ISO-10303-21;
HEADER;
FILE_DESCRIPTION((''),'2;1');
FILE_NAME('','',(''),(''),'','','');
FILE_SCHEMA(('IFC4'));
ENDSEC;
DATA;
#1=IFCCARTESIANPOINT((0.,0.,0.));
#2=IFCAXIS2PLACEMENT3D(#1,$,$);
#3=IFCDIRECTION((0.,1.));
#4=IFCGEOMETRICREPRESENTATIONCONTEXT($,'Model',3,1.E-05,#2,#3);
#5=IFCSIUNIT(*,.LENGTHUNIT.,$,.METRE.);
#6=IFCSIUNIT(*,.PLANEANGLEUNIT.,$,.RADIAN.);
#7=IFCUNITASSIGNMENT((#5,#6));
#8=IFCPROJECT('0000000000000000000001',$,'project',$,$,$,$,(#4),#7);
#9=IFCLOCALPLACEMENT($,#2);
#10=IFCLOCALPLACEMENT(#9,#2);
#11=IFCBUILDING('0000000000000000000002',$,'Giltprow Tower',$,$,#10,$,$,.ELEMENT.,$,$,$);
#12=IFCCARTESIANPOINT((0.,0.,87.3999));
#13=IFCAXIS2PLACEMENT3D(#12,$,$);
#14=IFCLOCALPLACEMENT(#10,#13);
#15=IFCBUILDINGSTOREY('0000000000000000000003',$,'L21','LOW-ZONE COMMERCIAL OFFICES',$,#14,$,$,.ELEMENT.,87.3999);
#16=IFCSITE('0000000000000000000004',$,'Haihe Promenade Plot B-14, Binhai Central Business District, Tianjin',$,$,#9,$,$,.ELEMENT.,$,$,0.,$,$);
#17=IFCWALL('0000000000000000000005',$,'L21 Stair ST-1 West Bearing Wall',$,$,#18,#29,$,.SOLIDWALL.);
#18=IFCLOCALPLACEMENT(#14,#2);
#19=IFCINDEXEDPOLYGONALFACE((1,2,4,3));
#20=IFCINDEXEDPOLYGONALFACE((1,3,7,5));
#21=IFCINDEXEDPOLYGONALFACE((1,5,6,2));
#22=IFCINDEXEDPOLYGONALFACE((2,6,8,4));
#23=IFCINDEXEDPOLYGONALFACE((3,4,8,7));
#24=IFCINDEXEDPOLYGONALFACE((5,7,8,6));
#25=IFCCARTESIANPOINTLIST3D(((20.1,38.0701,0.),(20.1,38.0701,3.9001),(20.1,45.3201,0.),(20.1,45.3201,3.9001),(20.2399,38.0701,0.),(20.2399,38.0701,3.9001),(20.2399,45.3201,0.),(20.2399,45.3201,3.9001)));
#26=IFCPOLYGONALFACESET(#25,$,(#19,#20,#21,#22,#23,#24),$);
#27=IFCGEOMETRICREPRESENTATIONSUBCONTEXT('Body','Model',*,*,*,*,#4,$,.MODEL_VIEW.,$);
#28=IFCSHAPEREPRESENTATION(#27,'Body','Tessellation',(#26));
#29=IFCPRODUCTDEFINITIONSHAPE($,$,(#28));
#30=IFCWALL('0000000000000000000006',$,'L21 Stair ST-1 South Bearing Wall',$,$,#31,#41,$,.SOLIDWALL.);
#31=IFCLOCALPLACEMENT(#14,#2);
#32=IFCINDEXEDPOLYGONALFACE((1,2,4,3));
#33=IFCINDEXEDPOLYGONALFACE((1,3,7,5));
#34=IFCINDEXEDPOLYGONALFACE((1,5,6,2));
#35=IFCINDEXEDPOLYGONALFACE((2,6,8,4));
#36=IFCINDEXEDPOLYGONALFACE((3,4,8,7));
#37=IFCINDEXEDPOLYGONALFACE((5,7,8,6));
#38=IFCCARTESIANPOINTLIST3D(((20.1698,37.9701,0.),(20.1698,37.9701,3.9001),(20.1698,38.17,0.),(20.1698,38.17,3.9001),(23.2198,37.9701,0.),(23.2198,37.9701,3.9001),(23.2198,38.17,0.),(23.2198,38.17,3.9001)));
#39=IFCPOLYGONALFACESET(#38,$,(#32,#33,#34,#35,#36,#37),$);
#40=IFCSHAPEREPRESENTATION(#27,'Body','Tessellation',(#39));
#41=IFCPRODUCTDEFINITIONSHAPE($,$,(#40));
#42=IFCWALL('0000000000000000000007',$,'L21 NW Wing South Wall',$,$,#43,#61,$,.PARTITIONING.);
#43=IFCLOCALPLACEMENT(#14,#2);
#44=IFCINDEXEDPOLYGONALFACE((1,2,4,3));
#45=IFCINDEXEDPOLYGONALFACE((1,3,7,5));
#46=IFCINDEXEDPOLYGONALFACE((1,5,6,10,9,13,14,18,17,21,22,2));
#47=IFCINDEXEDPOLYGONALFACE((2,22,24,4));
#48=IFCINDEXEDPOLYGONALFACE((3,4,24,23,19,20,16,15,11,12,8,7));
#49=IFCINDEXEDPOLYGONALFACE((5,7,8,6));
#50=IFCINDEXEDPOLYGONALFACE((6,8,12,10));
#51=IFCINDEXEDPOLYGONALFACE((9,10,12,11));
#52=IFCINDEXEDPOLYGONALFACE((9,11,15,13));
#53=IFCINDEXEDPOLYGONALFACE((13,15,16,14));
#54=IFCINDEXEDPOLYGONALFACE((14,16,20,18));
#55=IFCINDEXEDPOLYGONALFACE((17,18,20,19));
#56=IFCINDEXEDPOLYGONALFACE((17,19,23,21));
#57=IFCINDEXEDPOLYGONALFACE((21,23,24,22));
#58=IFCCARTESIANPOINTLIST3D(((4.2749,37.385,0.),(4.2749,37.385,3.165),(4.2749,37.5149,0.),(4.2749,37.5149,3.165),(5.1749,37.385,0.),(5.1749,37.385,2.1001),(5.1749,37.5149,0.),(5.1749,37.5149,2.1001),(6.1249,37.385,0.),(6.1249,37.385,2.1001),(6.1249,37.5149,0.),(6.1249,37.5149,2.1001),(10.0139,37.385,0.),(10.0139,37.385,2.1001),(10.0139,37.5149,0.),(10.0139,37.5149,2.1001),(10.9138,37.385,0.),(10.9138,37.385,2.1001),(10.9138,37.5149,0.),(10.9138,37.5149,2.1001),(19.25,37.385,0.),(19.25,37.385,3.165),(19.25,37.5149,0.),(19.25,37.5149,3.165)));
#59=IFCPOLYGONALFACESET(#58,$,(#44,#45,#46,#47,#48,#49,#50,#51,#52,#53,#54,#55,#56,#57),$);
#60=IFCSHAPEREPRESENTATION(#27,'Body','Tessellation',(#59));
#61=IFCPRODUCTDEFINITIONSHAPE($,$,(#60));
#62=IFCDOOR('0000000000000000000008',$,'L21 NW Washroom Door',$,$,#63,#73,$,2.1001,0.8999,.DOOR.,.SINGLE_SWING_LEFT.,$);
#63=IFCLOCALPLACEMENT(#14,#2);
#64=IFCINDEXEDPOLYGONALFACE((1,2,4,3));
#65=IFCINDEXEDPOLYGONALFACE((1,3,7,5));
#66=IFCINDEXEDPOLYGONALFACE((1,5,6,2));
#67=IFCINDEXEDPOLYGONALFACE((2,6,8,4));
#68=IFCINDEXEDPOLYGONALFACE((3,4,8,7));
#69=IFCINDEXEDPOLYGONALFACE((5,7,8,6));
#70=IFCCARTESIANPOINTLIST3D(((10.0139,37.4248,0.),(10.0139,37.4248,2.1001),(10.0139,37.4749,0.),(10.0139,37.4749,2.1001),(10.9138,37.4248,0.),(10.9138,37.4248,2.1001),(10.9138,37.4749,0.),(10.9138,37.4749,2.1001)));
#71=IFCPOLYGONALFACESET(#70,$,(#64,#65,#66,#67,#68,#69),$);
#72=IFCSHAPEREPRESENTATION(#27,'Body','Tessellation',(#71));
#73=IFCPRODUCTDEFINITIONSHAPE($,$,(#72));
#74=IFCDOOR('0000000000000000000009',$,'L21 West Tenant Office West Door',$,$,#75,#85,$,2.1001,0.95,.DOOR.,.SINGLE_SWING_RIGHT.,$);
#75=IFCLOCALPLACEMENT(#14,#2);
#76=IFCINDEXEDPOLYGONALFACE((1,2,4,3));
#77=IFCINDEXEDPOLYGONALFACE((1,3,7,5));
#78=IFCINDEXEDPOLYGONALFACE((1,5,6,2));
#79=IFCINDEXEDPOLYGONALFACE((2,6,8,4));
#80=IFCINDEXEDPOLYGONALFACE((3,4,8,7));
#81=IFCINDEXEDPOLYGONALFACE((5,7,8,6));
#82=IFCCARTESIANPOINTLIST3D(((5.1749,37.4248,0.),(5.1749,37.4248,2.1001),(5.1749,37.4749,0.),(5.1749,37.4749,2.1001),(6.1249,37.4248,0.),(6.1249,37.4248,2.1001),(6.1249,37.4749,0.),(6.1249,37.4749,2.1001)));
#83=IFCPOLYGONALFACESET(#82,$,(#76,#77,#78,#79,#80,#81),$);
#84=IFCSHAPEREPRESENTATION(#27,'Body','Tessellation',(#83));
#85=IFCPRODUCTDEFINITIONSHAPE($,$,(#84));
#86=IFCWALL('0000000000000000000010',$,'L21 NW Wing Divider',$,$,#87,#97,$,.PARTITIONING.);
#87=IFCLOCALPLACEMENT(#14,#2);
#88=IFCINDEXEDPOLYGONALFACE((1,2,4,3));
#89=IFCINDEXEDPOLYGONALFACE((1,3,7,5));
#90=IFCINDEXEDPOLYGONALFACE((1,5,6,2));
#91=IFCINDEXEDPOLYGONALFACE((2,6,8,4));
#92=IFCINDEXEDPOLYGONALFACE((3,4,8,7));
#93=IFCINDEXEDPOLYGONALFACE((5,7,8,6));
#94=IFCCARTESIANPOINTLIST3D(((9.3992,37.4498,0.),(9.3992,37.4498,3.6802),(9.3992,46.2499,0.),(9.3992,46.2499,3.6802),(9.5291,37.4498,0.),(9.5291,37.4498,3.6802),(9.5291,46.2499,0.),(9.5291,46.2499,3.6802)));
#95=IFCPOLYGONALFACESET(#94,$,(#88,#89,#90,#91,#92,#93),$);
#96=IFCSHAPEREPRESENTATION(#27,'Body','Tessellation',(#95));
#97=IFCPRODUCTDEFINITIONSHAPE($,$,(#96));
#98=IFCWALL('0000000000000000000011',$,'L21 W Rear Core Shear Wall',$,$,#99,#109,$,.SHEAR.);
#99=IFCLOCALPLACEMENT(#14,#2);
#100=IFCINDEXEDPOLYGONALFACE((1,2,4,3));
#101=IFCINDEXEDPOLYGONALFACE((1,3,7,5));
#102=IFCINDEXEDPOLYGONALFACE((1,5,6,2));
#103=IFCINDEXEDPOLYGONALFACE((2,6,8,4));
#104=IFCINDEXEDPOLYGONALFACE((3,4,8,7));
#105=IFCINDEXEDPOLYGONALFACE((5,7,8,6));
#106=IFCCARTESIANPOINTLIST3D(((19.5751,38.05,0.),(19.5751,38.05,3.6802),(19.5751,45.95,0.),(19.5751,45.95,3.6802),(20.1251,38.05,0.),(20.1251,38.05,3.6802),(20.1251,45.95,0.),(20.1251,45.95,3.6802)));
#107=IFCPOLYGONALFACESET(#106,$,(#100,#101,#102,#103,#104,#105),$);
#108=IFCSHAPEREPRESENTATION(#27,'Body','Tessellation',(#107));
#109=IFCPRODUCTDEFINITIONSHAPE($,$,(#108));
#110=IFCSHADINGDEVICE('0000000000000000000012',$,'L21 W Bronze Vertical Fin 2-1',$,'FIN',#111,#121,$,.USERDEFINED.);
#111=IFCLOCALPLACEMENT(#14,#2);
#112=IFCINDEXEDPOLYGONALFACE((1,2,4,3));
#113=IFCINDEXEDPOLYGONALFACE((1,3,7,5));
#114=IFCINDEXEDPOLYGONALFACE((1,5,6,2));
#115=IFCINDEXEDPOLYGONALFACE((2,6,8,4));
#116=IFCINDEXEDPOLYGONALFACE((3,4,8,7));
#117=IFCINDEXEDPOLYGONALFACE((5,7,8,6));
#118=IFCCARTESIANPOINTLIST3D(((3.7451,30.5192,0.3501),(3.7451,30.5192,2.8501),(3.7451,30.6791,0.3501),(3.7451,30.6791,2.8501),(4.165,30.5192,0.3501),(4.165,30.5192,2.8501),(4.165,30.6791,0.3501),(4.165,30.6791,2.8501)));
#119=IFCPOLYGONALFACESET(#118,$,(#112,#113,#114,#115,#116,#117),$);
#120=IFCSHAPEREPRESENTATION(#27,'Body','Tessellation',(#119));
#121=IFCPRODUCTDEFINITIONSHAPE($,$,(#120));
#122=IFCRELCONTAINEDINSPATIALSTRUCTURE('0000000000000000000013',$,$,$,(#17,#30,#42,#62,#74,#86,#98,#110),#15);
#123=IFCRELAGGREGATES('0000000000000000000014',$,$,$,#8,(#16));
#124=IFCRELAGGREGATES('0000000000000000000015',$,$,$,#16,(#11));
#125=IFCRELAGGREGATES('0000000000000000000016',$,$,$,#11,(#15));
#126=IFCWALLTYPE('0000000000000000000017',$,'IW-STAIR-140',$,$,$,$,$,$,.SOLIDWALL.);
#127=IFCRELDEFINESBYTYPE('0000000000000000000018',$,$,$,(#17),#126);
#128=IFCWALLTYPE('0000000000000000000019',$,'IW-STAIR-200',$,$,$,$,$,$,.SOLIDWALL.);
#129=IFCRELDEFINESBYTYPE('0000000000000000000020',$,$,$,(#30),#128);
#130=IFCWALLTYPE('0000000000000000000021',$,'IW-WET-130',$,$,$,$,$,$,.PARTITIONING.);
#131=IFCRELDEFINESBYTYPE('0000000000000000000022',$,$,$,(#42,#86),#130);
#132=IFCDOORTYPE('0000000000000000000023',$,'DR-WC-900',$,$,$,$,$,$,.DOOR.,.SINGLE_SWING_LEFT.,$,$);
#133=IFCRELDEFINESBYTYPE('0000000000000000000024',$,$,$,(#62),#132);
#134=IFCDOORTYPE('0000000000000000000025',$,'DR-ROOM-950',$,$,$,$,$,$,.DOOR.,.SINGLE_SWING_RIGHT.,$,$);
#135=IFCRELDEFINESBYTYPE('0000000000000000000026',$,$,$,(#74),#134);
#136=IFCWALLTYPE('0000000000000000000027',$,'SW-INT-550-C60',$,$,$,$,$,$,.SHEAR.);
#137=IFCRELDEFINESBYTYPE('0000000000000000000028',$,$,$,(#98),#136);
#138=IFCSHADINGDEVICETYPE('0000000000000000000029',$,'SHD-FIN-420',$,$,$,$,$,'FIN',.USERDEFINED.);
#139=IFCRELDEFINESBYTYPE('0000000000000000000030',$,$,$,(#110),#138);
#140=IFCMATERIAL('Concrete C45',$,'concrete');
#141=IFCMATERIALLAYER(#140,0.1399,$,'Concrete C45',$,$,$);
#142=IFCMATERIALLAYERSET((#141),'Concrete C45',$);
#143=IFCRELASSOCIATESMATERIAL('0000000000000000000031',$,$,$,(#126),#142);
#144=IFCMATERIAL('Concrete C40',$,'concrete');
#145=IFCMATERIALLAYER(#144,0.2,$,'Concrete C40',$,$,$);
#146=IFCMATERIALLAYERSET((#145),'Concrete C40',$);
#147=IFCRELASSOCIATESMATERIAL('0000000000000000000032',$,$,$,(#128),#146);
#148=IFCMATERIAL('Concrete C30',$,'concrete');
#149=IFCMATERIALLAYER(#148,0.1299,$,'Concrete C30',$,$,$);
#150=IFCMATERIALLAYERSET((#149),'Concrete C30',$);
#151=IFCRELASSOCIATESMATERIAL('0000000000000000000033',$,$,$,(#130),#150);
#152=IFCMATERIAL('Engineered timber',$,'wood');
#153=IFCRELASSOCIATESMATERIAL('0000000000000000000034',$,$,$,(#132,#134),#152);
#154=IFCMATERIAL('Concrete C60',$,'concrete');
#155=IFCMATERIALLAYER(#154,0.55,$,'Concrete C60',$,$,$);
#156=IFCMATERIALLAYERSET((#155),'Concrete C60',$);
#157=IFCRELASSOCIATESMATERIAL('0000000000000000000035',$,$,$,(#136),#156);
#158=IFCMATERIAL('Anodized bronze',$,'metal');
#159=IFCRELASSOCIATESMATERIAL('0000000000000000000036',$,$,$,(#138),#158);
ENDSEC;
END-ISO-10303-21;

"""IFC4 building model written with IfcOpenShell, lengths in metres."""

from ifc_helpers import new_model, si_unit, direction, frame, frame_2d, origin, origin_2d, place, context, subcontext, project, spatial, rectangle, extrude, source, transform, mapped, material, layer, layer_set, type_object, element, fill, save


model = new_model("IFC4")

# Units and contexts
model_context = context("Model", 3, precision=1e-05, world=origin(), true_north=direction((0.0, 1.0)))
body_context = subcontext(model_context, "Body", "Model", "MODEL_VIEW")
ifc_project = project(units=[si_unit("LENGTHUNIT", "METRE"), si_unit("PLANEANGLEUNIT", "RADIAN")], contexts=[model_context])

# Site, building, storey
site_placement = place(None, origin())
site = spatial("IfcSite", under=ifc_project, at=site_placement, Name="Haihe Promenade Plot B-14, Binhai Central Business District, Tianjin", CompositionType="ELEMENT", RefElevation=0.0)
building_placement = place(site_placement, origin())
building = spatial("IfcBuilding", under=site, at=building_placement, Name="Giltprow Tower", CompositionType="ELEMENT")
storey_placement = place(building_placement, frame((0.0, 0.0, 87.3999)))
storey = spatial("IfcBuildingStorey", under=building, at=storey_placement, Name="L21", Description="LOW-ZONE COMMERCIAL OFFICES", CompositionType="ELEMENT", Elevation=87.3999)

# Shared definitions
ifc_material_1 = material(Name="Concrete C60", Category="concrete")

# Shared definitions
ifc_material_2 = material(Name="Engineered timber", Category="wood")

# Walls
ifc_material_3 = material(Name="Concrete C45", Category="concrete")
ifc_layer_1 = layer(ifc_material_3, 0.1399, Name="Concrete C45")
ifc_layer_set_1 = layer_set([ifc_layer_1], Name="Concrete C45")
wall_type_1 = type_object("IfcWallType", Name="IW-STAIR-140", PredefinedType="SOLIDWALL", material=ifc_layer_set_1)
wall_1_placement = place(storey_placement, frame((20.1699, 38.0701, 0.0), z_axis=(0.0, 0.0, 1.0), x_axis=(0.0, 1.0, 0.0)))
element("IfcWall", 1, at=wall_1_placement, inside=storey, type_object=wall_type_1, Name="L21 Stair ST-1 West Bearing Wall", PredefinedType="SOLIDWALL", context=body_context, shape_type="SweptSolid", body=[
    extrude(rectangle(XDim=7.25, YDim=0.1399, at=frame_2d((3.625, 0.0))), origin(), (0.0, 0.0, 1.0), 3.9001),
])
ifc_material_4 = material(Name="Concrete C40", Category="concrete")
ifc_layer_2 = layer(ifc_material_4, 0.2, Name="Concrete C40")
ifc_layer_set_2 = layer_set([ifc_layer_2], Name="Concrete C40")
wall_type_2 = type_object("IfcWallType", Name="IW-STAIR-200", PredefinedType="SOLIDWALL", material=ifc_layer_set_2)
wall_2_placement = place(storey_placement, frame((20.1699, 38.0701, 0.0), z_axis=(0.0, 0.0, 1.0), x_axis=(1.0, 0.0, 0.0)))
element("IfcWall", 2, at=wall_2_placement, inside=storey, type_object=wall_type_2, Name="L21 Stair ST-1 South Bearing Wall", PredefinedType="SOLIDWALL", context=body_context, shape_type="SweptSolid", body=[
    extrude(rectangle(XDim=3.05, YDim=0.2, at=frame_2d((1.5249, 0.0))), origin(), (0.0, 0.0, 1.0), 3.9001),
])

# Wall, openings, doors
ifc_material_5 = material(Name="Concrete C30", Category="concrete")
ifc_layer_3 = layer(ifc_material_5, 0.1299, Name="Concrete C30")
ifc_layer_set_3 = layer_set([ifc_layer_3], Name="Concrete C30")
wall_type_3 = type_object("IfcWallType", Name="IW-WET-130", PredefinedType="PARTITIONING", material=ifc_layer_set_3)
wall_3_placement = place(storey_placement, frame((4.2749, 37.45, 0.0), z_axis=(0.0, 0.0, 1.0), x_axis=(1.0, 0.0, 0.0)))
wall_3 = element("IfcWall", 3, at=wall_3_placement, inside=storey, type_object=wall_type_3, Name="L21 NW Wing South Wall", PredefinedType="PARTITIONING", context=body_context, shape_type="SweptSolid", body=[
    extrude(rectangle(XDim=14.9751, YDim=0.1299, at=frame_2d((7.4875, 0.0))), origin(), (0.0, 0.0, 1.0), 3.165),
])
opening_1_placement = place(wall_3_placement, frame((0.8999, 0.0, 0.0)))
opening_1 = element("IfcOpeningElement", 4, at=opening_1_placement, cuts=wall_3, PredefinedType="OPENING", context=body_context, shape_type="SweptSolid", body=[
    extrude(rectangle(XDim=0.95, YDim=2.1001, at=frame_2d((0.4751, 1.05))), frame((0.0, 0.075, 0.0), z_axis=(0.0, -1.0, 0.0), x_axis=(1.0, 0.0, 0.0)), (0.0, 0.0, 1.0), 0.1499),
])
opening_2_placement = place(wall_3_placement, frame((5.739, 0.0, 0.0)))
opening_2 = element("IfcOpeningElement", 5, at=opening_2_placement, cuts=wall_3, PredefinedType="OPENING", context=body_context, shape_type="SweptSolid", body=[
    extrude(rectangle(XDim=0.8999, YDim=2.1001, at=frame_2d((0.45, 1.05))), frame((0.0, 0.075, 0.0), z_axis=(0.0, -1.0, 0.0), x_axis=(1.0, 0.0, 0.0)), (0.0, 0.0, 1.0), 0.1499),
])
door_type_1 = type_object("IfcDoorType", Name="DR-WC-900", OperationType="SINGLE_SWING_LEFT", PredefinedType="DOOR", material=ifc_material_2)
shared_shape_1 = source(origin(), body_context, "Body", "SweptSolid", [
    extrude(rectangle(XDim=0.8999, YDim=2.1001, at=frame_2d((0.45, 1.05))), frame((0.0, 0.0249, 0.0), z_axis=(0.0, -1.0, 0.0), x_axis=(1.0, 0.0, 0.0)), (0.0, 0.0, 1.0), 0.05),
])
door_1_placement = place(opening_2_placement, origin())
door_1 = element("IfcDoor", 6, at=door_1_placement, inside=storey, type_object=door_type_1, Name="L21 NW Washroom Door", OperationType="SINGLE_SWING_LEFT", OverallHeight=2.1001, OverallWidth=0.8999, PredefinedType="DOOR", context=body_context, shape_type="MappedRepresentation", body=[
    mapped(shared_shape_1, transform((0.0, 0.0, 0.0), x_axis=(1.0, 0.0, 0.0), y_axis=(0.0, 1.0, 0.0), z_axis=(0.0, 0.0, 1.0), scale=1.0)),
])
fill(opening_2, door_1)
door_type_2 = type_object("IfcDoorType", Name="DR-ROOM-950", OperationType="SINGLE_SWING_RIGHT", PredefinedType="DOOR", material=ifc_material_2)
shared_shape_2 = source(origin(), body_context, "Body", "SweptSolid", [
    extrude(rectangle(XDim=0.95, YDim=2.1001, at=frame_2d((0.4751, 1.05))), frame((0.0, 0.0249, 0.0), z_axis=(0.0, -1.0, 0.0), x_axis=(1.0, 0.0, 0.0)), (0.0, 0.0, 1.0), 0.05),
])
door_2_placement = place(opening_1_placement, origin())
door_2 = element("IfcDoor", 7, at=door_2_placement, inside=storey, type_object=door_type_2, Name="L21 West Tenant Office West Door", OperationType="SINGLE_SWING_RIGHT", OverallHeight=2.1001, OverallWidth=0.95, PredefinedType="DOOR", context=body_context, shape_type="MappedRepresentation", body=[
    mapped(shared_shape_2, transform((0.0, 0.0, 0.0), x_axis=(1.0, 0.0, 0.0), y_axis=(0.0, 1.0, 0.0), z_axis=(0.0, 0.0, 1.0), scale=1.0)),
])
fill(opening_1, door_2)

# Walls
wall_4_placement = place(storey_placement, frame((9.4641, 37.45, 0.0), z_axis=(0.0, 0.0, 1.0), x_axis=(0.0, 1.0, 0.0)))
element("IfcWall", 8, at=wall_4_placement, inside=storey, type_object=wall_type_3, Name="L21 NW Wing Divider", PredefinedType="PARTITIONING", context=body_context, shape_type="SweptSolid", body=[
    extrude(rectangle(XDim=8.8, YDim=0.1299, at=frame_2d((4.3999, 0.0))), origin(), (0.0, 0.0, 1.0), 3.6802),
])
ifc_layer_4 = layer(ifc_material_1, 0.55, Name="Concrete C60")
ifc_layer_set_4 = layer_set([ifc_layer_4], Name="Concrete C60")
wall_type_4 = type_object("IfcWallType", Name="SW-INT-550-C60", PredefinedType="SHEAR", material=ifc_layer_set_4)
wall_5_placement = place(storey_placement, frame((19.8501, 38.05, 0.0), z_axis=(0.0, 0.0, 1.0), x_axis=(0.0, 1.0, 0.0)))
element("IfcWall", 9, at=wall_5_placement, inside=storey, type_object=wall_type_4, Name="L21 W Rear Core Shear Wall", PredefinedType="SHEAR", context=body_context, shape_type="SweptSolid", body=[
    extrude(rectangle(XDim=7.8999, YDim=0.55, at=frame_2d((3.95, 0.0))), origin(), (0.0, 0.0, 1.0), 3.6802),
])

# Shading device
ifc_material_6 = material(Name="Anodized bronze", Category="metal")
shading_device_type = type_object("IfcShadingDeviceType", Name="SHD-FIN-420", ElementType="FIN", PredefinedType="USERDEFINED", material=ifc_material_6)
shared_shape_3 = source(origin(), body_context, "Body", "SweptSolid", [
    extrude(rectangle(XDim=0.4199, YDim=0.1599, at=origin_2d()), origin(), (0.0, 0.0, 1.0), 2.5),
])
shading_device_placement = place(storey_placement, frame((3.9551, 30.5991, 0.3501), z_axis=(0.0, 0.0, 1.0), x_axis=(1.0, 0.0, 0.0)))
element("IfcShadingDevice", 10, at=shading_device_placement, inside=storey, type_object=shading_device_type, Name="L21 W Bronze Vertical Fin 2-1", ObjectType="FIN", PredefinedType="USERDEFINED", context=body_context, shape_type="MappedRepresentation", body=[
    mapped(shared_shape_3, transform((0.0, 0.0, 0.0), x_axis=(1.0, 0.0, 0.0), y_axis=(0.0, 1.0, 0.0), z_axis=(0.0, 0.0, 1.0), scale=1.0)),
])

save(model, "model.ifc")
